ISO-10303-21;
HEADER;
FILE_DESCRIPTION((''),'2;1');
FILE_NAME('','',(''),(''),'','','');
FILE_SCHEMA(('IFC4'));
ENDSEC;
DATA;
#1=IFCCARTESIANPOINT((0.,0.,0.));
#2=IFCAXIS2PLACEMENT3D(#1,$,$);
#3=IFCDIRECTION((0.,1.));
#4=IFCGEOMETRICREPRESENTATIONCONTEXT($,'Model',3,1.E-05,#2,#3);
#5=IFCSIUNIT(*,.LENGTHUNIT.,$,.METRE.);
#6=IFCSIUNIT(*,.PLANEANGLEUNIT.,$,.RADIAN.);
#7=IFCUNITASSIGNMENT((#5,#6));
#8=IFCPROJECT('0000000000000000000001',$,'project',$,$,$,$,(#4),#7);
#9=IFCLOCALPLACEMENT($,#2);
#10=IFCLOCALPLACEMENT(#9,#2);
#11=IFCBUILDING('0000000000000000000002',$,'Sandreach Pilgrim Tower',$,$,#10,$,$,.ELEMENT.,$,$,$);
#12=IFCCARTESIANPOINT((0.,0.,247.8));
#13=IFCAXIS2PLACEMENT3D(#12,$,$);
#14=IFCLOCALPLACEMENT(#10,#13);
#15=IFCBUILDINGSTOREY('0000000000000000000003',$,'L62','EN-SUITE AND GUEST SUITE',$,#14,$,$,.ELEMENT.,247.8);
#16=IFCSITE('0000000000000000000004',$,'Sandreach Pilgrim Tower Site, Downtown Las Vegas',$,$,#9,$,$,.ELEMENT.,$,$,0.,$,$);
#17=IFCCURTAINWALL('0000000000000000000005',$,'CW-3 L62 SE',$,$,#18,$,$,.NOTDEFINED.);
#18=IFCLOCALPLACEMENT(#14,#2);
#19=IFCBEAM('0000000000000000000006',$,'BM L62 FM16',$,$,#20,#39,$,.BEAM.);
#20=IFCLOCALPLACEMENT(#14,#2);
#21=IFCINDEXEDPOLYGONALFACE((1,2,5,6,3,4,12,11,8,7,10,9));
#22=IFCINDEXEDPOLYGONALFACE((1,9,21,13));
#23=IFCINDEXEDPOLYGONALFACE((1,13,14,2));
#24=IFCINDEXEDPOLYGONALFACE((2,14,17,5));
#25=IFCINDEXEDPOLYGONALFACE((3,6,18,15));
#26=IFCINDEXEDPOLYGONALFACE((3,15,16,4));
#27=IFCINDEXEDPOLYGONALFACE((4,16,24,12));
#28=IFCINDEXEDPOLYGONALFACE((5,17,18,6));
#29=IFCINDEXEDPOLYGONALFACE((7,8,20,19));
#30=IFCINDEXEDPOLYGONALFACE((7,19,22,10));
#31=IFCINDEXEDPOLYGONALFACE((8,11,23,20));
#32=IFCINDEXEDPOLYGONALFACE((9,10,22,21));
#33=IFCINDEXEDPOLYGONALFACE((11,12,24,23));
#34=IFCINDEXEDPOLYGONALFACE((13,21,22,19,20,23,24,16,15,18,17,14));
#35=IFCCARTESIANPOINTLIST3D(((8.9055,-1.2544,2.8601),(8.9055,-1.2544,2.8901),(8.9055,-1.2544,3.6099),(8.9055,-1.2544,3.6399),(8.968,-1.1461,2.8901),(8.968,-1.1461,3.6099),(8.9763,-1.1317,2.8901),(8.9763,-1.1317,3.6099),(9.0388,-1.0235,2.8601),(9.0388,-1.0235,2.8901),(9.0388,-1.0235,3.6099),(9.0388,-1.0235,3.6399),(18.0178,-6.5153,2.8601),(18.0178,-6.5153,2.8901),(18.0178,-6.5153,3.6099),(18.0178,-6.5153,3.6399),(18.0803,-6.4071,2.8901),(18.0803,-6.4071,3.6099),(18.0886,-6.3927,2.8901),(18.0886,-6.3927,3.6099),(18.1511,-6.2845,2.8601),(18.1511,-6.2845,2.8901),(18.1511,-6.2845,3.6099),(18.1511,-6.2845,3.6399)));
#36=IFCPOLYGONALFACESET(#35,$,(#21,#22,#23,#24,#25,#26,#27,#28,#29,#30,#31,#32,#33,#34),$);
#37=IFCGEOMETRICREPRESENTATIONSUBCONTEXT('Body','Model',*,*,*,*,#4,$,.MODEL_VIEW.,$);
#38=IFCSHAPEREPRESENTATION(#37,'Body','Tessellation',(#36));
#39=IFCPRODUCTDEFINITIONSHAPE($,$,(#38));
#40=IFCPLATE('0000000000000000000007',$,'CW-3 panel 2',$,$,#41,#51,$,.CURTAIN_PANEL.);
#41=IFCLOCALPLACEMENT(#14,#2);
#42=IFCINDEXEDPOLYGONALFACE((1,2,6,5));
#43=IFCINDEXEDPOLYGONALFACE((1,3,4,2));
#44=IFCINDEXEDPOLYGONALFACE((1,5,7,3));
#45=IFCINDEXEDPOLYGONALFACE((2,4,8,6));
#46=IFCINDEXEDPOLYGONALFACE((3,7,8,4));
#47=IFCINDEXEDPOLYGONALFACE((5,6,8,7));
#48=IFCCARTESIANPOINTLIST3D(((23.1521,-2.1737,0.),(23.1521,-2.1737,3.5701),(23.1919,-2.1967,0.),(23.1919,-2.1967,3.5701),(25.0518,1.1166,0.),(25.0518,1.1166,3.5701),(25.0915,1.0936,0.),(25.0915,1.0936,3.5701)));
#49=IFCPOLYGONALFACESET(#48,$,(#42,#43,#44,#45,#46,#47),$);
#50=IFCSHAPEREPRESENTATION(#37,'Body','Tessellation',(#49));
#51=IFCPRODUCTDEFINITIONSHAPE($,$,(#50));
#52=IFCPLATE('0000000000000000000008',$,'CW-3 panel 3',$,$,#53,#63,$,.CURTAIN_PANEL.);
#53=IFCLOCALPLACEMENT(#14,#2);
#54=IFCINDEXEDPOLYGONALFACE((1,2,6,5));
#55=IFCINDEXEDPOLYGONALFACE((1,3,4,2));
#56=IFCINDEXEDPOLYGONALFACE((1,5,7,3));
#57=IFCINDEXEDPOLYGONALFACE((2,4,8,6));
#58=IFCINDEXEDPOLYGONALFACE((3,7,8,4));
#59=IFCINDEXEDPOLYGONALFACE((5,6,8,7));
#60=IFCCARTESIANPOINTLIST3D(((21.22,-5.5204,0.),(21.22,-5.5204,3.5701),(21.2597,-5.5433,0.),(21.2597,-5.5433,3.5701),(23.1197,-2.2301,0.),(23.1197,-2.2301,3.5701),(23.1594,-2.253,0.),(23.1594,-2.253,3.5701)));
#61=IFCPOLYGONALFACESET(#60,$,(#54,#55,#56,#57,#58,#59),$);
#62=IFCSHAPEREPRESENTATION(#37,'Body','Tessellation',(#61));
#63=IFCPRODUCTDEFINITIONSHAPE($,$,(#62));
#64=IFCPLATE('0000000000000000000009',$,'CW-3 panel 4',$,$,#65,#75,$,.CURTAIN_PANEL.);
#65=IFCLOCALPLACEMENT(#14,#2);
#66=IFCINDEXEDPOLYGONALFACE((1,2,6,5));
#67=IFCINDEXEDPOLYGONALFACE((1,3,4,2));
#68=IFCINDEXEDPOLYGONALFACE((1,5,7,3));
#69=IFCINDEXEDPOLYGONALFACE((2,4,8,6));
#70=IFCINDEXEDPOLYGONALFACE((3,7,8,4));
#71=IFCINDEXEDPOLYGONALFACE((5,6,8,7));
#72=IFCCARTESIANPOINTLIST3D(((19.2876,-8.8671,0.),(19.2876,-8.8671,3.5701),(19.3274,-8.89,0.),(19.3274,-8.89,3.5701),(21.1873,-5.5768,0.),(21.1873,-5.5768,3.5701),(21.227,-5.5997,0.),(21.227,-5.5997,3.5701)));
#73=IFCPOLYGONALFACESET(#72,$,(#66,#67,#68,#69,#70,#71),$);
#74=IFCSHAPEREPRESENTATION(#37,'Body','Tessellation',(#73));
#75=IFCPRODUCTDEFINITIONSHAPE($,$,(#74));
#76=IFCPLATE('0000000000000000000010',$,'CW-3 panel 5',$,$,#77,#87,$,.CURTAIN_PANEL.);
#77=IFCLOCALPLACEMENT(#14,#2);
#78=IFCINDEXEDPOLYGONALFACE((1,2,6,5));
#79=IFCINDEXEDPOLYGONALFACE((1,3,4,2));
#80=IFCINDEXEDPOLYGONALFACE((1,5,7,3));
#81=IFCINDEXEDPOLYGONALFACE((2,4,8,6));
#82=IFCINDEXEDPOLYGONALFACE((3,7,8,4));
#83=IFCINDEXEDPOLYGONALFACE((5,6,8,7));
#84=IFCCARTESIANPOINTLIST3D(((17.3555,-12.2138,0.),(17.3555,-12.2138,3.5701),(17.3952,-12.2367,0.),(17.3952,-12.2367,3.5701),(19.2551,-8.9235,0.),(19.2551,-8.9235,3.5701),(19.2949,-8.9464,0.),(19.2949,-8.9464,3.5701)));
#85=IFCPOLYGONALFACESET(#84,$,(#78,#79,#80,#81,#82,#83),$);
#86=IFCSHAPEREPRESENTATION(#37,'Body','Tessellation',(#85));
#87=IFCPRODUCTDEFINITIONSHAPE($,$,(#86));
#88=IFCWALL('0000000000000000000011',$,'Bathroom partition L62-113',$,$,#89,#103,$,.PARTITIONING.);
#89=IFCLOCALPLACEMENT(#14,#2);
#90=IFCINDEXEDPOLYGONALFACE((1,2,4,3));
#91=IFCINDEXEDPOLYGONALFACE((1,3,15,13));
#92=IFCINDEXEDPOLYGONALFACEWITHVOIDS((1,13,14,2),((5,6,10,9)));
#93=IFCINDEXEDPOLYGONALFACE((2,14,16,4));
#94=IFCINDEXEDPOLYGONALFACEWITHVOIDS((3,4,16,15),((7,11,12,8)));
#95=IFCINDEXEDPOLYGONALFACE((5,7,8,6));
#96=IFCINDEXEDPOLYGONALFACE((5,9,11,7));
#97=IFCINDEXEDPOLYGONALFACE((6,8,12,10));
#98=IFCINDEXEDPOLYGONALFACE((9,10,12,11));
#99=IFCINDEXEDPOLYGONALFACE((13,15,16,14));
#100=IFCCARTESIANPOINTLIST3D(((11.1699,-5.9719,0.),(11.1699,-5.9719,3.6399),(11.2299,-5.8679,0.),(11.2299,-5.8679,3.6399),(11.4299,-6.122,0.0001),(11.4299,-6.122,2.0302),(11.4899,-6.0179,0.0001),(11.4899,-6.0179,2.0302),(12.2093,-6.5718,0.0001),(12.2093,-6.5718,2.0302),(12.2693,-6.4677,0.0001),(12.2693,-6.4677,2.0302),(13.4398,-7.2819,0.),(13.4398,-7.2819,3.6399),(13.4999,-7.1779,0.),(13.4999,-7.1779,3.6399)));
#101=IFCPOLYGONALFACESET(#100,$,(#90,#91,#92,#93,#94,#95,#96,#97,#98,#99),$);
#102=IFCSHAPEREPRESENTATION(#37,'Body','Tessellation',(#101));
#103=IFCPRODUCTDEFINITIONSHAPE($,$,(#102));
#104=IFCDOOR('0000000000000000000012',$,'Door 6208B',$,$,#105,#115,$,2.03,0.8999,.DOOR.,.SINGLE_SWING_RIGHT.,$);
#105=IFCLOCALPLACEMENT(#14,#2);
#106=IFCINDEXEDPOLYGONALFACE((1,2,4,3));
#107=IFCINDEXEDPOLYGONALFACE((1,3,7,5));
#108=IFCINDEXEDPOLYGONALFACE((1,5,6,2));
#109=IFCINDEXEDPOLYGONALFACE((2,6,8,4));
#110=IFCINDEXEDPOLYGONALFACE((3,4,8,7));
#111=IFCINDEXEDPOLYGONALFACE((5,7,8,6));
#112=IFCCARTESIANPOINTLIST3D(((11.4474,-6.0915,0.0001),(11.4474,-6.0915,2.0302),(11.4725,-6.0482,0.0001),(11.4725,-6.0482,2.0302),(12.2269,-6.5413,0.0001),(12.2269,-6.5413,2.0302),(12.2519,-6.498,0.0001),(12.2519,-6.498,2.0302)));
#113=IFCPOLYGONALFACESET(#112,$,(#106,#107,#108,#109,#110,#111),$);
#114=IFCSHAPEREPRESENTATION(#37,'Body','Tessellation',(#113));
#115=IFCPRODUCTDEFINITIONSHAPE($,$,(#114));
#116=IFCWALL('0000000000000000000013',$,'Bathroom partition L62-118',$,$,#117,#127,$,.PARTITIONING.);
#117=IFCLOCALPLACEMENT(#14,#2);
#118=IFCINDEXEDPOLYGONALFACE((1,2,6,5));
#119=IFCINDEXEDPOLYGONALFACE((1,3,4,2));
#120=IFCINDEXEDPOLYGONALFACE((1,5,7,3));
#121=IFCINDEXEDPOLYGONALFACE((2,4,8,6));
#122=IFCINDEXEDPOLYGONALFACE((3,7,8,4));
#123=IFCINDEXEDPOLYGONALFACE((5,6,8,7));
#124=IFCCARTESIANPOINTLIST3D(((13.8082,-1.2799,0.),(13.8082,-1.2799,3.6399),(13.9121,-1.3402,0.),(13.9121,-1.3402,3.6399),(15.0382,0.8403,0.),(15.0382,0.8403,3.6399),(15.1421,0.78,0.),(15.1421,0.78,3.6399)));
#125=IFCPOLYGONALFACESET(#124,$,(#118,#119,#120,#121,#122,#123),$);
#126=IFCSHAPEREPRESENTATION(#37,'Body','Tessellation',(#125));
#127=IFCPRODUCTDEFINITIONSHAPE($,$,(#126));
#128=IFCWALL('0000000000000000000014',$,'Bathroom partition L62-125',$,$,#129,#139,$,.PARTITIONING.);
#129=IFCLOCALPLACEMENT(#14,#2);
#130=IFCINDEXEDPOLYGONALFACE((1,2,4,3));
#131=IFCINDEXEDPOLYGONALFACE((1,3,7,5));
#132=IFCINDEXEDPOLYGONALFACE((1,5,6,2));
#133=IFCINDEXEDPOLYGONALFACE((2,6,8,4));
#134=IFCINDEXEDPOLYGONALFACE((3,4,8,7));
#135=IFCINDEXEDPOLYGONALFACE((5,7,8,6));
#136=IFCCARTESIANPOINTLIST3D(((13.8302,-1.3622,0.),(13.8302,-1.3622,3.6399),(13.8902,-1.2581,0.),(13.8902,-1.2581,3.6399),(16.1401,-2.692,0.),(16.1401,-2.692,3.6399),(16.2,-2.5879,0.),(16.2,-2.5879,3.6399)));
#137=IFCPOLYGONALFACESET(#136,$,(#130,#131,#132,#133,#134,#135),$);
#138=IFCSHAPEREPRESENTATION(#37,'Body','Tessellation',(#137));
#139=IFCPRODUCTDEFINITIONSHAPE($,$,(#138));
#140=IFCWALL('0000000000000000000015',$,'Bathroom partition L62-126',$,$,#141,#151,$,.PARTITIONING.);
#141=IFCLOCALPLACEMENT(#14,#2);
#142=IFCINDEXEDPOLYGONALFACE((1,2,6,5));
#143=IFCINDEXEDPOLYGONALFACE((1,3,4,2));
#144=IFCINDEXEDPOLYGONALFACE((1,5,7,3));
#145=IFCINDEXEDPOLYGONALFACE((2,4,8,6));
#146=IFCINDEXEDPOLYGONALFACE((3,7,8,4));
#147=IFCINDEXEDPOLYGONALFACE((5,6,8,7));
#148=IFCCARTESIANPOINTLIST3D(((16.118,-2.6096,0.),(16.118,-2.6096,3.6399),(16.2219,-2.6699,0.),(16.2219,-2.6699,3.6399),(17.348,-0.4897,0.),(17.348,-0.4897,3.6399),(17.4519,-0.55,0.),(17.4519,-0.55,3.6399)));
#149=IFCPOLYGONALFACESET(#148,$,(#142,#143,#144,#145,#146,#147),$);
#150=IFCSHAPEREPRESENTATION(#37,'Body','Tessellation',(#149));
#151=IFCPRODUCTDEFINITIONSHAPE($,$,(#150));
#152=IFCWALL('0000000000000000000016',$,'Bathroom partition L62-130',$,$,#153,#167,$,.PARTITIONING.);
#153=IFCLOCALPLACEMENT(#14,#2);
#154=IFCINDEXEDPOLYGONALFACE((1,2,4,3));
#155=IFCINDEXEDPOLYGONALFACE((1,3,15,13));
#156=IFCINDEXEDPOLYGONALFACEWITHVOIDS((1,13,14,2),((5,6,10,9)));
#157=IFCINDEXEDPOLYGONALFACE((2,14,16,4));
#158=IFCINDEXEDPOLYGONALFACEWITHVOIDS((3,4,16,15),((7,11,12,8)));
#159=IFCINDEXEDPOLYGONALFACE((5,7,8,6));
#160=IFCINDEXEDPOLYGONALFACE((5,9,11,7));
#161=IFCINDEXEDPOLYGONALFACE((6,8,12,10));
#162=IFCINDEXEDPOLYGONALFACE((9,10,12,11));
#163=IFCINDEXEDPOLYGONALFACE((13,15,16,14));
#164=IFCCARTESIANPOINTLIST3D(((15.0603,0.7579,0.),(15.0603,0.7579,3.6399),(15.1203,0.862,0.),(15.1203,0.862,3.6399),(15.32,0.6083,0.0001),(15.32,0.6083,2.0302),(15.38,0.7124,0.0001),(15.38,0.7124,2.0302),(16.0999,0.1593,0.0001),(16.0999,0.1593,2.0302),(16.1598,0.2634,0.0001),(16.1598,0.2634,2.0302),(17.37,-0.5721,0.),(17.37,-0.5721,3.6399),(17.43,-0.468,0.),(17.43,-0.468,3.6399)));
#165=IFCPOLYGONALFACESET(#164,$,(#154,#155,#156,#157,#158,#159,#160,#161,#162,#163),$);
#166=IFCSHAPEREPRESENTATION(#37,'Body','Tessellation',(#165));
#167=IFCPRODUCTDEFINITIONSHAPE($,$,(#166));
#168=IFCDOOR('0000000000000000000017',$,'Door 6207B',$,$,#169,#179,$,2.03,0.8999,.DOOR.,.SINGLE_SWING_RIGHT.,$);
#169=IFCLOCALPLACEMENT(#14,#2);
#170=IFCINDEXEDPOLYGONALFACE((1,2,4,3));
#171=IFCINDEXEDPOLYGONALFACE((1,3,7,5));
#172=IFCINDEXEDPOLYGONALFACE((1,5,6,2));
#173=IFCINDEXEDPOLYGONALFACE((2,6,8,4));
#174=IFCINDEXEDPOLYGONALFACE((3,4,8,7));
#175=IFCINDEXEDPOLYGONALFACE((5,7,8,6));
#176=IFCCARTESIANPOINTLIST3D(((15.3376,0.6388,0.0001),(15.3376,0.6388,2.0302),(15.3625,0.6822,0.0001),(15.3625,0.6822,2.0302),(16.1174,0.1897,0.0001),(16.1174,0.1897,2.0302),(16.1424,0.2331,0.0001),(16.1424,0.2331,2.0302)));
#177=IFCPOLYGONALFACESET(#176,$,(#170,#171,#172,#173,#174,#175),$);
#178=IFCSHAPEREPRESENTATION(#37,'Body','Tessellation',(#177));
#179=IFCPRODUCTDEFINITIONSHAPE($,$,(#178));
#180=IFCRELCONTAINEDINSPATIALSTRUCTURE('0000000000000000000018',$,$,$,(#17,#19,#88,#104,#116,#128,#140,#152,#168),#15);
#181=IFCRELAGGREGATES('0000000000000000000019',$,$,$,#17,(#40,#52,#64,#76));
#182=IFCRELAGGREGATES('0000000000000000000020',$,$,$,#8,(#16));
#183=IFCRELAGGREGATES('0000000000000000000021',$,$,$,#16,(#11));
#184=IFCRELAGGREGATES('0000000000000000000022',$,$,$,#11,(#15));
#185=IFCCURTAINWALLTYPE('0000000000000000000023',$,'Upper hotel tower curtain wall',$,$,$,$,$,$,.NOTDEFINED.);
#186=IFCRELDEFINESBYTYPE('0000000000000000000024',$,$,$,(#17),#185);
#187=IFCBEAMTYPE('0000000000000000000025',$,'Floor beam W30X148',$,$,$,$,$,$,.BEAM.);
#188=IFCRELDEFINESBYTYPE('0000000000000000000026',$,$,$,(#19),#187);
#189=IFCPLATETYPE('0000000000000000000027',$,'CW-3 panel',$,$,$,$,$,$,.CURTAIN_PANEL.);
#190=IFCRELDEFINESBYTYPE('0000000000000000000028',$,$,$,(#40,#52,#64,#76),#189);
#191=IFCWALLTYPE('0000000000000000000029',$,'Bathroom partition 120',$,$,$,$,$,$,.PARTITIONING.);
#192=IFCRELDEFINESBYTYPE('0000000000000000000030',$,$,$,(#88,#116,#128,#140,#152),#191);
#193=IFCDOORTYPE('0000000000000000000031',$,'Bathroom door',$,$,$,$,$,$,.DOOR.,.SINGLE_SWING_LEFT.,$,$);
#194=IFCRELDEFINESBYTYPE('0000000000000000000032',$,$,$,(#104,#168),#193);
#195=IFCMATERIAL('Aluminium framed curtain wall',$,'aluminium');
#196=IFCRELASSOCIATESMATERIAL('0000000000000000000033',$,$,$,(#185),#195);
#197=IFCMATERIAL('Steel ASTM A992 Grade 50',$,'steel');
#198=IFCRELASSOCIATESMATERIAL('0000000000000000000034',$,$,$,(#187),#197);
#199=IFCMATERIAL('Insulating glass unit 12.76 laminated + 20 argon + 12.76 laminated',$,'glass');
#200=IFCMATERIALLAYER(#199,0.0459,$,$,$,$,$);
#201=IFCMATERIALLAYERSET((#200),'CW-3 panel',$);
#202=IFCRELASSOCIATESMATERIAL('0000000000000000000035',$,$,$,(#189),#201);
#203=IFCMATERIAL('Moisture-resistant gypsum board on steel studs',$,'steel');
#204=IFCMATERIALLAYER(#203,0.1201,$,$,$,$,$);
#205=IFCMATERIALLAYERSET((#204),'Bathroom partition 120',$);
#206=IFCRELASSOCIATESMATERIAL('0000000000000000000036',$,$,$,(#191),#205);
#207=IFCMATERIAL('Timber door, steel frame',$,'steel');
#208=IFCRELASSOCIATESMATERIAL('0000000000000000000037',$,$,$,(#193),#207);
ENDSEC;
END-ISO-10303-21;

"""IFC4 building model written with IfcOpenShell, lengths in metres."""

from ifc_helpers import new_model, si_unit, direction, frame, frame_2d, origin, origin_2d, place, context, subcontext, project, spatial, rectangle, i_section, extrude, material, layer, layer_set, material_profile, profile_set, type_object, element, fill, aggregate, save


model = new_model("IFC4")

# Units and contexts
model_context = context("Model", 3, precision=1e-05, world=origin(), true_north=direction((0.0, 1.0)))
body_context = subcontext(model_context, "Body", "Model", "MODEL_VIEW")
ifc_project = project(units=[si_unit("LENGTHUNIT", "METRE"), si_unit("PLANEANGLEUNIT", "RADIAN")], contexts=[model_context])

# Site, building, storey
site_placement = place(None, origin())
site = spatial("IfcSite", under=ifc_project, at=site_placement, Name="Sandreach Pilgrim Tower Site, Downtown Las Vegas", CompositionType="ELEMENT", RefElevation=0.0)
building_placement = place(site_placement, origin())
building = spatial("IfcBuilding", under=site, at=building_placement, Name="Sandreach Pilgrim Tower", CompositionType="ELEMENT")
storey_placement = place(building_placement, frame((0.0, 0.0, 247.8)))
storey = spatial("IfcBuildingStorey", under=building, at=storey_placement, Name="L62", Description="EN-SUITE AND GUEST SUITE", CompositionType="ELEMENT", Elevation=247.8)

# Curtain wall
ifc_material_1 = material(Name="Aluminium framed curtain wall", Category="aluminium")
curtain_wall_type = type_object("IfcCurtainWallType", Name="Upper hotel tower curtain wall", PredefinedType="NOTDEFINED", material=ifc_material_1)
curtain_wall_placement = place(storey_placement, origin())
curtain_wall = element("IfcCurtainWall", 1, at=curtain_wall_placement, inside=storey, type_object=curtain_wall_type, Name="CW-3 L62 SE", PredefinedType="NOTDEFINED")

# Beam
ifc_material_2 = material(Name="Steel ASTM A992 Grade 50", Category="steel")
ifc_material_profile_1 = material_profile(ifc_material_2, i_section(OverallWidth=0.2666, OverallDepth=0.7798, WebThickness=0.0166, FlangeThickness=0.03, at=origin_2d()), Name="W30X148")
ifc_profile_set_1 = profile_set([ifc_material_profile_1], Name="Steel ASTM A992 Grade 50")
beam_type_1 = type_object("IfcBeamType", Name="Floor beam W30X148", PredefinedType="BEAM", material=ifc_profile_set_1)
beam_1_placement = place(storey_placement, frame((18.0845, -6.3999, 3.25), z_axis=(-0.866026, 0.5, 0.0), x_axis=(-0.5, -0.866026, 0.0)))
element("IfcBeam", 2, at=beam_1_placement, inside=storey, type_object=beam_type_1, Name="BM L62 FM16", PredefinedType="BEAM", context=body_context, shape_type="SweptSolid", body=[
    extrude(i_section(OverallWidth=0.2666, OverallDepth=0.7798, WebThickness=0.0166, FlangeThickness=0.03, at=origin_2d()), origin(), (0.0, 0.0, 1.0), 10.522),
])

# Plates
ifc_material_3 = material(Name="Insulating glass unit 12.76 laminated + 20 argon + 12.76 laminated", Category="glass")
ifc_layer_1 = layer(ifc_material_3, 0.0459)
ifc_layer_set_1 = layer_set([ifc_layer_1], Name="CW-3 panel")
plate_type = type_object("IfcPlateType", Name="CW-3 panel", PredefinedType="CURTAIN_PANEL", material=ifc_layer_set_1)
plate_1_placement = place(storey_placement, frame((24.1218, -0.54, 0.0), z_axis=(0.0, 0.0, 1.0), x_axis=(-0.5, -0.866025, 0.0)))
plate_1 = element("IfcPlate", 3, at=plate_1_placement, type_object=plate_type, Name="CW-3 panel 2", PredefinedType="CURTAIN_PANEL", context=body_context, shape_type="SweptSolid", body=[
    extrude(rectangle(XDim=3.7993, YDim=0.0459, at=origin_2d()), origin(), (0.0, 0.0, 1.0), 3.5701),
])
plate_2_placement = place(storey_placement, frame((22.1897, -3.8867, 0.0), z_axis=(0.0, 0.0, 1.0), x_axis=(-0.5, -0.866025, 0.0)))
plate_2 = element("IfcPlate", 4, at=plate_2_placement, type_object=plate_type, Name="CW-3 panel 3", PredefinedType="CURTAIN_PANEL", context=body_context, shape_type="SweptSolid", body=[
    extrude(rectangle(XDim=3.7993, YDim=0.0459, at=origin_2d()), origin(), (0.0, 0.0, 1.0), 3.5701),
])
plate_3_placement = place(storey_placement, frame((20.2573, -7.2334, 0.0), z_axis=(0.0, 0.0, 1.0), x_axis=(-0.5, -0.866025, 0.0)))
plate_3 = element("IfcPlate", 5, at=plate_3_placement, type_object=plate_type, Name="CW-3 panel 4", PredefinedType="CURTAIN_PANEL", context=body_context, shape_type="SweptSolid", body=[
    extrude(rectangle(XDim=3.7993, YDim=0.0459, at=origin_2d()), origin(), (0.0, 0.0, 1.0), 3.5701),
])
plate_4_placement = place(storey_placement, frame((18.3252, -10.5801, 0.0), z_axis=(0.0, 0.0, 1.0), x_axis=(-0.5, -0.866025, 0.0)))
plate_4 = element("IfcPlate", 6, at=plate_4_placement, type_object=plate_type, Name="CW-3 panel 5", PredefinedType="CURTAIN_PANEL", context=body_context, shape_type="SweptSolid", body=[
    extrude(rectangle(XDim=3.7993, YDim=0.0459, at=origin_2d()), origin(), (0.0, 0.0, 1.0), 3.5701),
])
aggregate(curtain_wall, [plate_1, plate_2, plate_3, plate_4])

# Wall, opening, door
ifc_material_4 = material(Name="Moisture-resistant gypsum board on steel studs", Category="steel")
ifc_layer_2 = layer(ifc_material_4, 0.1201)
ifc_layer_set_2 = layer_set([ifc_layer_2], Name="Bathroom partition 120")
wall_type_1 = type_object("IfcWallType", Name="Bathroom partition 120", PredefinedType="PARTITIONING", material=ifc_layer_set_2)
wall_1_placement = place(storey_placement, frame((13.47, -7.23, 0.0), z_axis=(0.0, 0.0, 1.0), x_axis=(-0.866114, 0.499846, 0.0)))
wall_1 = element("IfcWall", 7, at=wall_1_placement, inside=storey, type_object=wall_type_1, Name="Bathroom partition L62-113", PredefinedType="PARTITIONING", context=body_context, shape_type="SweptSolid", body=[
    extrude(rectangle(XDim=2.6208, YDim=0.1201, at=frame_2d((1.3105, 0.0))), origin(), (0.0, 0.0, 1.0), 3.6399),
])
opening_1_placement = place(wall_1_placement, frame((1.4209, 0.0, 0.0)))
opening_1 = element("IfcOpeningElement", 8, at=opening_1_placement, cuts=wall_1, PredefinedType="OPENING", context=body_context, shape_type="SweptSolid", body=[
    extrude(rectangle(XDim=0.8999, YDim=2.03, at=frame_2d((0.45, 1.0151))), frame((0.0, 0.0601, 0.0), z_axis=(0.0, -1.0, 0.0), x_axis=(1.0, 0.0, 0.0)), (0.0, 0.0, 1.0), 0.1201),
])
ifc_material_5 = material(Name="Timber door, steel frame", Category="steel")
door_type = type_object("IfcDoorType", Name="Bathroom door", OperationType="SINGLE_SWING_LEFT", PredefinedType="DOOR", material=ifc_material_5)
door_1_placement = place(opening_1_placement, origin())
door_1 = element("IfcDoor", 9, at=door_1_placement, inside=storey, type_object=door_type, Name="Door 6208B", OperationType="SINGLE_SWING_RIGHT", OverallHeight=2.03, OverallWidth=0.8999, PredefinedType="DOOR", context=body_context, shape_type="SweptSolid", body=[
    extrude(rectangle(XDim=0.8999, YDim=2.03, at=frame_2d((0.45, 1.0151))), frame((0.0, 0.0249, 0.0), z_axis=(0.0, -1.0, 0.0), x_axis=(1.0, 0.0, 0.0)), (0.0, 0.0, 1.0), 0.05),
])
fill(opening_1, door_1)

# Walls
wall_2_placement = place(storey_placement, frame((13.8601, -1.3101, 0.0), z_axis=(0.0, 0.0, 1.0), x_axis=(0.501813, 0.864976, 0.0)))
element("IfcWall", 10, at=wall_2_placement, inside=storey, type_object=wall_type_1, Name="Bathroom partition L62-118", PredefinedType="PARTITIONING", context=body_context, shape_type="SweptSolid", body=[
    extrude(rectangle(XDim=2.4512, YDim=0.1201, at=frame_2d((1.2256, 0.0))), origin(), (0.0, 0.0, 1.0), 3.6399),
])
wall_3_placement = place(storey_placement, frame((16.1699, -2.6399, 0.0), z_axis=(0.0, 0.0, 1.0), x_axis=(-0.866632, 0.498948, 0.0)))
element("IfcWall", 11, at=wall_3_placement, inside=storey, type_object=wall_type_1, Name="Bathroom partition L62-125", PredefinedType="PARTITIONING", context=body_context, shape_type="SweptSolid", body=[
    extrude(rectangle(XDim=2.6653, YDim=0.1201, at=frame_2d((1.3325, 0.0))), origin(), (0.0, 0.0, 1.0), 3.6399),
])
wall_4_placement = place(storey_placement, frame((16.1699, -2.6399, 0.0), z_axis=(0.0, 0.0, 1.0), x_axis=(0.501857, 0.864951, 0.0)))
element("IfcWall", 12, at=wall_4_placement, inside=storey, type_object=wall_type_1, Name="Bathroom partition L62-126", PredefinedType="PARTITIONING", context=body_context, shape_type="SweptSolid", body=[
    extrude(rectangle(XDim=2.4509, YDim=0.1201, at=frame_2d((1.2256, 0.0))), origin(), (0.0, 0.0, 1.0), 3.6399),
])

# Wall, opening, door
wall_5_placement = place(storey_placement, frame((17.3999, -0.52, 0.0), z_axis=(0.0, 0.0, 1.0), x_axis=(-0.866592, 0.499017, 0.0)))
wall_5 = element("IfcWall", 13, at=wall_5_placement, inside=storey, type_object=wall_type_1, Name="Bathroom partition L62-130", PredefinedType="PARTITIONING", context=body_context, shape_type="SweptSolid", body=[
    extrude(rectangle(XDim=2.6653, YDim=0.1201, at=frame_2d((1.3325, 0.0))), origin(), (0.0, 0.0, 1.0), 3.6399),
])
opening_2_placement = place(wall_5_placement, frame((1.4656, 0.0, 0.0)))
opening_2 = element("IfcOpeningElement", 14, at=opening_2_placement, cuts=wall_5, PredefinedType="OPENING", context=body_context, shape_type="SweptSolid", body=[
    extrude(rectangle(XDim=0.8999, YDim=2.03, at=frame_2d((0.45, 1.0151))), frame((0.0, 0.0601, 0.0), z_axis=(0.0, -1.0, 0.0), x_axis=(1.0, 0.0, 0.0)), (0.0, 0.0, 1.0), 0.1201),
])
door_2_placement = place(opening_2_placement, origin())
door_2 = element("IfcDoor", 15, at=door_2_placement, inside=storey, type_object=door_type, Name="Door 6207B", OperationType="SINGLE_SWING_RIGHT", OverallHeight=2.03, OverallWidth=0.8999, PredefinedType="DOOR", context=body_context, shape_type="SweptSolid", body=[
    extrude(rectangle(XDim=0.8999, YDim=2.03, at=frame_2d((0.45, 1.0151))), frame((0.0, 0.0249, 0.0), z_axis=(0.0, -1.0, 0.0), x_axis=(1.0, 0.0, 0.0)), (0.0, 0.0, 1.0), 0.05),
])
fill(opening_2, door_2)

save(model, "model.ifc")
